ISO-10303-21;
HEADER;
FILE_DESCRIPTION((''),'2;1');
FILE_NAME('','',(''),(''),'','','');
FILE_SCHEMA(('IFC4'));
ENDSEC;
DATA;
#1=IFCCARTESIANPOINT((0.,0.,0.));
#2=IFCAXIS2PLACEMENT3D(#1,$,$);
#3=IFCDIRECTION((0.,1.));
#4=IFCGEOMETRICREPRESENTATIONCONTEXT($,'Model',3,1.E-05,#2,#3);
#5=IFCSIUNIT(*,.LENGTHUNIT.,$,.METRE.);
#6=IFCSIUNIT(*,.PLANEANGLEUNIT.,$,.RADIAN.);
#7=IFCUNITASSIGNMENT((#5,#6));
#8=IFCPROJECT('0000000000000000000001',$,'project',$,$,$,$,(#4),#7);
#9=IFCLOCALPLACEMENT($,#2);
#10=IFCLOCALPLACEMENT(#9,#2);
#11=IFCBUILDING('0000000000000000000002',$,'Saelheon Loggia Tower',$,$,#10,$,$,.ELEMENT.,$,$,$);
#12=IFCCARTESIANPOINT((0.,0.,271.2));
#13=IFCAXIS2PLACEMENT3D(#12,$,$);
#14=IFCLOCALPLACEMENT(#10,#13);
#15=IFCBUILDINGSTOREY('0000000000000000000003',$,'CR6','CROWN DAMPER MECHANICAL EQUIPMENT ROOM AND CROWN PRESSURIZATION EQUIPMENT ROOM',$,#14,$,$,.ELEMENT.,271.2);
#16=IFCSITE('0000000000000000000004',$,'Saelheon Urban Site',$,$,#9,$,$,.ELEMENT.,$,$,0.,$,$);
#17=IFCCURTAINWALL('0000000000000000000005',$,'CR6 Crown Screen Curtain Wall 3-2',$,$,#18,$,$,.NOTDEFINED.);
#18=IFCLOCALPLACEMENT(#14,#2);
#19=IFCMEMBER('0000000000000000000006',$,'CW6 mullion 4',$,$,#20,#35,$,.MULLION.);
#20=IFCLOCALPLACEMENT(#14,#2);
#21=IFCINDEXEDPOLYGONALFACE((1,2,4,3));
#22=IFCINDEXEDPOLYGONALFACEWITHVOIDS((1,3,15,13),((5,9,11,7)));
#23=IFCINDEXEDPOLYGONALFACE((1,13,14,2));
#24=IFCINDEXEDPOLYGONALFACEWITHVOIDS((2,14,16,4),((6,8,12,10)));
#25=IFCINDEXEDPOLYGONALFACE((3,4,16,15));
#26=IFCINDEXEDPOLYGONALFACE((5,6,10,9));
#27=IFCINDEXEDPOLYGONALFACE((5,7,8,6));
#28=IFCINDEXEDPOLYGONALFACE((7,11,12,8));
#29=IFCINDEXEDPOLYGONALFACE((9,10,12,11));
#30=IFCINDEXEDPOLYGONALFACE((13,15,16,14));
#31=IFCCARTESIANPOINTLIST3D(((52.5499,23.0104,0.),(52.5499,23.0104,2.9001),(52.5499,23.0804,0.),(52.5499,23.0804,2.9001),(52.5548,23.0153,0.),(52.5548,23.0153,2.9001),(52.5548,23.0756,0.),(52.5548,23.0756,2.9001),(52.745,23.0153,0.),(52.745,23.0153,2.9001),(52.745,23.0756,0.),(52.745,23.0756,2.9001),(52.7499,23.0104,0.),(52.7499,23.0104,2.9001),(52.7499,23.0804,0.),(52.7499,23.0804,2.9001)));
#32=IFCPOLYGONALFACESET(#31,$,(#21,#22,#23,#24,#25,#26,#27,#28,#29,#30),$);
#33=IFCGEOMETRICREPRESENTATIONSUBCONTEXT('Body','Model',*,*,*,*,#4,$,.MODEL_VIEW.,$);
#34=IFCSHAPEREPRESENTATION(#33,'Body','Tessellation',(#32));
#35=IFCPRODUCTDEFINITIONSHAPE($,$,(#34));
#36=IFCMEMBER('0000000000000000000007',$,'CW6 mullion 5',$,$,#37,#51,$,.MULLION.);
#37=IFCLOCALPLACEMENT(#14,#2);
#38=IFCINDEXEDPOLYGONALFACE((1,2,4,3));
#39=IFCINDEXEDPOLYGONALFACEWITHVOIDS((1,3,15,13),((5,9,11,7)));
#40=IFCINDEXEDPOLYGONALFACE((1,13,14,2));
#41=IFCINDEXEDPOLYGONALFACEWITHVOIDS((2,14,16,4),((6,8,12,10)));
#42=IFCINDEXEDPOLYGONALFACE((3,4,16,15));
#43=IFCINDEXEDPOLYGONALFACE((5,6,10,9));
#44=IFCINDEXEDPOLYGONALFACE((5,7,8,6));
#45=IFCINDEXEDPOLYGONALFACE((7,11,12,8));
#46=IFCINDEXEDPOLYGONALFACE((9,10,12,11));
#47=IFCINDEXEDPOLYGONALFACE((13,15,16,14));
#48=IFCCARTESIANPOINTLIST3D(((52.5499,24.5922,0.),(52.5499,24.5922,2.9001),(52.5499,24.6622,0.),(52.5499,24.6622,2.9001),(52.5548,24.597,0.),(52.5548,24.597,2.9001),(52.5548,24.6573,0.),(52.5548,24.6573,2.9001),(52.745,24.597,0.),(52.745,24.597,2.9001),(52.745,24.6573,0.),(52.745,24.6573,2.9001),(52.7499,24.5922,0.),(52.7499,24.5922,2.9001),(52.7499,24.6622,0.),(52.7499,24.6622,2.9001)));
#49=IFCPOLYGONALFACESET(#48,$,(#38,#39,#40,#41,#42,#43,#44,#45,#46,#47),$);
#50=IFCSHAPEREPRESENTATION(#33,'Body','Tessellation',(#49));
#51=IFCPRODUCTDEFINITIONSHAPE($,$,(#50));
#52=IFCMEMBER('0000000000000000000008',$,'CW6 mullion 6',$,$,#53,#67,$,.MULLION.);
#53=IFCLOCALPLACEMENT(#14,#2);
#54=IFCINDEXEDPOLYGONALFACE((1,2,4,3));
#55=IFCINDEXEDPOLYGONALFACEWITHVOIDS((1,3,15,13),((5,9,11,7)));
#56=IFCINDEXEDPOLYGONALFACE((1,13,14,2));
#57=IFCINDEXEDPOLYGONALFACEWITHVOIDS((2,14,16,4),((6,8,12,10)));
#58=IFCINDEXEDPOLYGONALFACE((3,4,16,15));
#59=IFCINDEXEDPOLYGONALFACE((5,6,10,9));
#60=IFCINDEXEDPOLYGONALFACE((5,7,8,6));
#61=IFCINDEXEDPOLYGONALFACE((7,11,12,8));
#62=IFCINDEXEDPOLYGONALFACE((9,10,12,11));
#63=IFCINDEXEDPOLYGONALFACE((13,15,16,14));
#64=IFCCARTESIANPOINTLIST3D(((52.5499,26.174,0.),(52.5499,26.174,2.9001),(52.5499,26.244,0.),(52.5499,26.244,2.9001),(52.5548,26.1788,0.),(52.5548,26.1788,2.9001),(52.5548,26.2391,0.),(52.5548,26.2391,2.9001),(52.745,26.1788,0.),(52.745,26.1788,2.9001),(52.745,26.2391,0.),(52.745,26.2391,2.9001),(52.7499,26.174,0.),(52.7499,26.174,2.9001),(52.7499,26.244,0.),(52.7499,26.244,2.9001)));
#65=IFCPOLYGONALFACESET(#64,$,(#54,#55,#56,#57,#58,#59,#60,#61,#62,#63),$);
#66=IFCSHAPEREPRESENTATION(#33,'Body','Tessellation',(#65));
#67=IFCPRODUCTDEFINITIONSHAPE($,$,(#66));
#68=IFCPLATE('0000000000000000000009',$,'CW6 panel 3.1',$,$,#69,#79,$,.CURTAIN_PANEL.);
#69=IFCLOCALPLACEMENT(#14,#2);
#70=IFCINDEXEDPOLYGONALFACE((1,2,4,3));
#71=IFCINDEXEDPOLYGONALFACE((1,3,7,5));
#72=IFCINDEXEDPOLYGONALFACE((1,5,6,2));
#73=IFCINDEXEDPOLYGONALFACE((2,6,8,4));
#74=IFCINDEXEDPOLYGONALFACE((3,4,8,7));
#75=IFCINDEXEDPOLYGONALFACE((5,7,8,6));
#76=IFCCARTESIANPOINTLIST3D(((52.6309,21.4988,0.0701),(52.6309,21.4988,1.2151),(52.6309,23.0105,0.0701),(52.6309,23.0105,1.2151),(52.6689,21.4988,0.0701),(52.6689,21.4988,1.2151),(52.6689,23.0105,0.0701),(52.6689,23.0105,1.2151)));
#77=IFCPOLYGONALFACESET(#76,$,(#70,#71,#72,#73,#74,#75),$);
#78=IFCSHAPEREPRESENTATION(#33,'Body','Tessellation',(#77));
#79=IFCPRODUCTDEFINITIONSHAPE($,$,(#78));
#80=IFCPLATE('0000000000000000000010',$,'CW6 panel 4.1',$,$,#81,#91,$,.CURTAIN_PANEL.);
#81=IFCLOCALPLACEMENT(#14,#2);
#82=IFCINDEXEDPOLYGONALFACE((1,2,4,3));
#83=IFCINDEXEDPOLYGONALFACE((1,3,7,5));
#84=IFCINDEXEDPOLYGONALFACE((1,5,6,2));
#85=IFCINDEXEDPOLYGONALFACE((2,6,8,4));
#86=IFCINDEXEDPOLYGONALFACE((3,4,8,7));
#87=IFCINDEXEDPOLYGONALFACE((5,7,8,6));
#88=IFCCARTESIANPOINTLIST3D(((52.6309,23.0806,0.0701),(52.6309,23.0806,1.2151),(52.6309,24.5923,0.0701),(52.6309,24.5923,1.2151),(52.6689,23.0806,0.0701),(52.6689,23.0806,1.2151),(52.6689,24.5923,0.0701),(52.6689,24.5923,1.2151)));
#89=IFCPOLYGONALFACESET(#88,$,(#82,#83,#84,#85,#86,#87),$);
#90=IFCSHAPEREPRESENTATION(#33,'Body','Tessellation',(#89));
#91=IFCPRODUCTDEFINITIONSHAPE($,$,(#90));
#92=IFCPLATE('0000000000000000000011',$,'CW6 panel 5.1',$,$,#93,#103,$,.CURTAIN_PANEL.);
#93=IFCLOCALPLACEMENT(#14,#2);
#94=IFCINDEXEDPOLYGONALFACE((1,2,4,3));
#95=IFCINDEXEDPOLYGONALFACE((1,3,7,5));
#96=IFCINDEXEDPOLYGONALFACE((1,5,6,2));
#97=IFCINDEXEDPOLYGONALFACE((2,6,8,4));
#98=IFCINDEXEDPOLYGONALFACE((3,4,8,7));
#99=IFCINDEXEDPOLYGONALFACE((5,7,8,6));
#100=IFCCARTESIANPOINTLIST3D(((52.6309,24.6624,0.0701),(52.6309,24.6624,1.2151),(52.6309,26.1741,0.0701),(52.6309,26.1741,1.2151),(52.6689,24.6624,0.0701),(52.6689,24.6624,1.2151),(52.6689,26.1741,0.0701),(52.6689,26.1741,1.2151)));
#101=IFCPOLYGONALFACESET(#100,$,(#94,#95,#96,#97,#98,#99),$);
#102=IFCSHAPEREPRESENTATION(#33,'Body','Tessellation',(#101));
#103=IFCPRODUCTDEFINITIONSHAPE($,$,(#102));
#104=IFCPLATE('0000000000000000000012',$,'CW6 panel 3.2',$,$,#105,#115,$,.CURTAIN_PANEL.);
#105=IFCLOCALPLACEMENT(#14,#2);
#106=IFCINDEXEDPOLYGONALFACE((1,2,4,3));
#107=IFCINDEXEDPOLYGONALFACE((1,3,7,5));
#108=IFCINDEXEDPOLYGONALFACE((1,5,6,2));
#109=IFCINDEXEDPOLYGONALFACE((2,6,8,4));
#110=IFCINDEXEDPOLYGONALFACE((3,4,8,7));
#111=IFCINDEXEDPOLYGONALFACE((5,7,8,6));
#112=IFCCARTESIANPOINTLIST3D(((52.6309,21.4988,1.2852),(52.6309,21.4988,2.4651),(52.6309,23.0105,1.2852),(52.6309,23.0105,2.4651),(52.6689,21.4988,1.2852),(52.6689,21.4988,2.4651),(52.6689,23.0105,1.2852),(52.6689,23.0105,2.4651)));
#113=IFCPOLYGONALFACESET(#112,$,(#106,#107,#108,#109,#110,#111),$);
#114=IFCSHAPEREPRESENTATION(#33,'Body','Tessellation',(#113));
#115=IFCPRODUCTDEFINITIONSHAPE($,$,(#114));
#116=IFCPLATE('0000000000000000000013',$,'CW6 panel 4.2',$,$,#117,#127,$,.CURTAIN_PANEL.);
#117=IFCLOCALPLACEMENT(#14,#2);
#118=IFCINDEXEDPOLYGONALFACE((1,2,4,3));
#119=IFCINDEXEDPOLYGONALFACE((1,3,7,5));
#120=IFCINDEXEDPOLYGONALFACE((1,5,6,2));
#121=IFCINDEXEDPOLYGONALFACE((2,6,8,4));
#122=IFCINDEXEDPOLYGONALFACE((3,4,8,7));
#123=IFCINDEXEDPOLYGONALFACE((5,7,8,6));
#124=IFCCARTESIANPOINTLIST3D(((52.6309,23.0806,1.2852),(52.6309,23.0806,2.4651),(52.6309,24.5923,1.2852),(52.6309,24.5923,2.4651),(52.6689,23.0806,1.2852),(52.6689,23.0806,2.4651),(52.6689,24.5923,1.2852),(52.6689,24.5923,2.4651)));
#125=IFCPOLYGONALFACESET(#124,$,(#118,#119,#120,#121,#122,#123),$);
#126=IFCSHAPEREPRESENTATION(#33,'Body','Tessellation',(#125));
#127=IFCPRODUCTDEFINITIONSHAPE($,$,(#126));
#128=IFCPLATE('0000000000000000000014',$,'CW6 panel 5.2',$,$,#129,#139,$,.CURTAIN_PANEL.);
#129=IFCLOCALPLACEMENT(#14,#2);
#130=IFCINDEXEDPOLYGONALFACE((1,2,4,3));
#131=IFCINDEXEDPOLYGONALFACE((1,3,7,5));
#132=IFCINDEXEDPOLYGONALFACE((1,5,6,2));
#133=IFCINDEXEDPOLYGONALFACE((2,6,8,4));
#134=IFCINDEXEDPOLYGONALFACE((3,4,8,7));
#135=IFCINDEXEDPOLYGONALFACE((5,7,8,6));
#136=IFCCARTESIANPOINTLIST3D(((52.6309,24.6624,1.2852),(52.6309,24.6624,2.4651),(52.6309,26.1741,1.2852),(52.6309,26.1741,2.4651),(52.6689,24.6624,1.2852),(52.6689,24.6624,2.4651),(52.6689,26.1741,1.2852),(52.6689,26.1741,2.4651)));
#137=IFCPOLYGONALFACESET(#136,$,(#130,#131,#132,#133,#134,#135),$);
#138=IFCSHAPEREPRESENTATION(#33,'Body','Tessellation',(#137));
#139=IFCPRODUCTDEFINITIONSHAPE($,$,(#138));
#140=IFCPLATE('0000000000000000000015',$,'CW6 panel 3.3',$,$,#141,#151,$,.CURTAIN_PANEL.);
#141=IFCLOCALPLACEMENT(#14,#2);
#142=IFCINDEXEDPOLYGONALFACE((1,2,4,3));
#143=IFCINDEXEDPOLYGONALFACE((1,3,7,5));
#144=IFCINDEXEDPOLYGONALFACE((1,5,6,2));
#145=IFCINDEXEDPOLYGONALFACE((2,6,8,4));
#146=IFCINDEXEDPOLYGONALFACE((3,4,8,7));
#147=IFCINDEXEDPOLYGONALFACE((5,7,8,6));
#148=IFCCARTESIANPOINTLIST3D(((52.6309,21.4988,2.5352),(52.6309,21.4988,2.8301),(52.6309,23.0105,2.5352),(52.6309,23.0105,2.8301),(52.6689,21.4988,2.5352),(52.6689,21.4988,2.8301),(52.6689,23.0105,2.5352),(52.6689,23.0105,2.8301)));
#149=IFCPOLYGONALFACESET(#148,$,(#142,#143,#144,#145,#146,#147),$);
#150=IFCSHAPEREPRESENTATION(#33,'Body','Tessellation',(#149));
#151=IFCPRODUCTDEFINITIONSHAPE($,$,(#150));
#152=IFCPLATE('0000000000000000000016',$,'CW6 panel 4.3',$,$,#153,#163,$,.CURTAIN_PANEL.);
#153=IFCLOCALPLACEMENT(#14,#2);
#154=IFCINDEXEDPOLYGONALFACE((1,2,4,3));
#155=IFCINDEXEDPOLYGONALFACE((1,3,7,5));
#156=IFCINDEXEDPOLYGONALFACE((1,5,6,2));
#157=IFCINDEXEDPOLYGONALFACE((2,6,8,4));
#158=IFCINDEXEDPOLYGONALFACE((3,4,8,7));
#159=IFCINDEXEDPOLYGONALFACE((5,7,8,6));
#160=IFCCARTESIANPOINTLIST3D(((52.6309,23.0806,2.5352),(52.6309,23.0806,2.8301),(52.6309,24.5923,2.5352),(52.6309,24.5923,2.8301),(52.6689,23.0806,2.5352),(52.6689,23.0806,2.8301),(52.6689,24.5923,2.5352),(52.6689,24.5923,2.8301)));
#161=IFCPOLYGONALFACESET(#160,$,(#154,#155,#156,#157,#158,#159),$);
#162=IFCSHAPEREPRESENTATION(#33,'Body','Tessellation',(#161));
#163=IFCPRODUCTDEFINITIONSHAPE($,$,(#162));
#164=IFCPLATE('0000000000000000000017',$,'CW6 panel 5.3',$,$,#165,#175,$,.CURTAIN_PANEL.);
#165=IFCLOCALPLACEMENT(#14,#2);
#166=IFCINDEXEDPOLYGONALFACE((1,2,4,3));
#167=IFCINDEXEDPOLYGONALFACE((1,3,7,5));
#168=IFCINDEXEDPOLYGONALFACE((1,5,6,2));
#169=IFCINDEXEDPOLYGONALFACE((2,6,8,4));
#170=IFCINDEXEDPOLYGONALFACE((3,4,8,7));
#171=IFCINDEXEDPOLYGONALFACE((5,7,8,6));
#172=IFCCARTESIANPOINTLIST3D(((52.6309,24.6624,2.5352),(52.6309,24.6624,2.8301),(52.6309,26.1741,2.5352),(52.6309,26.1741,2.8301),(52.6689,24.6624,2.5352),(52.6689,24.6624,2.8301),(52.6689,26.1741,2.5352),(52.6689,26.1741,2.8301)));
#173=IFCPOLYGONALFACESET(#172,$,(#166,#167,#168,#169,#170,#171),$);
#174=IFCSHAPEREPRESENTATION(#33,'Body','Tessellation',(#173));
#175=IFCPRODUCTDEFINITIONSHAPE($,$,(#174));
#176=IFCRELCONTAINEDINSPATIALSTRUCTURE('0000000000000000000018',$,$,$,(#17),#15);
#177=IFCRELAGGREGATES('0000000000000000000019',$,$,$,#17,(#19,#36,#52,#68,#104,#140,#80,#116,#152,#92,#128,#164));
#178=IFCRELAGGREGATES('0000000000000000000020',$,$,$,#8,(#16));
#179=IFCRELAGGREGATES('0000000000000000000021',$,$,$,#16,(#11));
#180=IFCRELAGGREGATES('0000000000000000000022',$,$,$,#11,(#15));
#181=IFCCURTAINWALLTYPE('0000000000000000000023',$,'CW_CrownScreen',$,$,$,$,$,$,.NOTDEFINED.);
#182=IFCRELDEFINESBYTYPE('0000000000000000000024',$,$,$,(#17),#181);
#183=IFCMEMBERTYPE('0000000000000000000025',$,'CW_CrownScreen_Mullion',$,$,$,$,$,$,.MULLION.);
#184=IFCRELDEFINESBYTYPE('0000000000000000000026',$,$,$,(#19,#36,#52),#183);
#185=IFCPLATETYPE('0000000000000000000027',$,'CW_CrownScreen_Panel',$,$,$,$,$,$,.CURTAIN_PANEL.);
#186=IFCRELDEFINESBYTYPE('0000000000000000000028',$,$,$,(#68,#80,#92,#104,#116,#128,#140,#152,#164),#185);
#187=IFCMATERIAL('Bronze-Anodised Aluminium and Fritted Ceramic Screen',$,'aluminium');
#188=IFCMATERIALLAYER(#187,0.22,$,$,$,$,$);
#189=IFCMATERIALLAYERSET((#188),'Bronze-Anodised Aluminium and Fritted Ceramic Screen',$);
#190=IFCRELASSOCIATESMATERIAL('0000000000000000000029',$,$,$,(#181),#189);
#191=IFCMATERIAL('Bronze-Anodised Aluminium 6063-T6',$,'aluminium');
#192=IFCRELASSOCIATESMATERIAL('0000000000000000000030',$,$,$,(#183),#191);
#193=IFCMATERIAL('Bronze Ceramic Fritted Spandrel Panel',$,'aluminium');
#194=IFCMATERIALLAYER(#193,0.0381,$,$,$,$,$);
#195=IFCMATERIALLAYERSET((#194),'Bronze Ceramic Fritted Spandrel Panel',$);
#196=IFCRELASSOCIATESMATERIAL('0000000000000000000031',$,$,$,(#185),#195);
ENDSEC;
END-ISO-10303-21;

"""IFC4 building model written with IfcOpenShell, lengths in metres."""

from ifc_helpers import new_model, si_unit, direction, frame, origin, origin_2d, place, context, subcontext, project, spatial, rectangle, hollow_rectangle, extrude, source, transform, mapped, material, layer, layer_set, material_profile, profile_set, type_object, element, aggregate, save


model = new_model("IFC4")

# Units and contexts
model_context = context("Model", 3, precision=1e-05, world=origin(), true_north=direction((0.0, 1.0)))
body_context = subcontext(model_context, "Body", "Model", "MODEL_VIEW")
ifc_project = project(units=[si_unit("LENGTHUNIT", "METRE"), si_unit("PLANEANGLEUNIT", "RADIAN")], contexts=[model_context])

# Site, building, storey
site_placement = place(None, origin())
site = spatial("IfcSite", under=ifc_project, at=site_placement, Name="Saelheon Urban Site", CompositionType="ELEMENT", RefElevation=0.0)
building_placement = place(site_placement, origin())
building = spatial("IfcBuilding", under=site, at=building_placement, Name="Saelheon Loggia Tower", CompositionType="ELEMENT")
storey_placement = place(building_placement, frame((0.0, 0.0, 271.2)))
storey = spatial("IfcBuildingStorey", under=building, at=storey_placement, Name="CR6", Description="CROWN DAMPER MECHANICAL EQUIPMENT ROOM AND CROWN PRESSURIZATION EQUIPMENT ROOM", CompositionType="ELEMENT", Elevation=271.2)

# Curtain wall, members, plates
ifc_material_1 = material(Name="Bronze-Anodised Aluminium and Fritted Ceramic Screen", Category="aluminium")
ifc_layer_1 = layer(ifc_material_1, 0.22)
ifc_layer_set_1 = layer_set([ifc_layer_1], Name="Bronze-Anodised Aluminium and Fritted Ceramic Screen")
curtain_wall_type = type_object("IfcCurtainWallType", Name="CW_CrownScreen", PredefinedType="NOTDEFINED", material=ifc_layer_set_1)
curtain_wall_placement = place(storey_placement, origin())
curtain_wall = element("IfcCurtainWall", 1, at=curtain_wall_placement, inside=storey, type_object=curtain_wall_type, Name="CR6 Crown Screen Curtain Wall 3-2", PredefinedType="NOTDEFINED")
ifc_material_2 = material(Name="Bronze-Anodised Aluminium 6063-T6", Category="aluminium")
ifc_material_profile_1 = material_profile(ifc_material_2, hollow_rectangle(XDim=0.0701, YDim=0.2, WallThickness=0.0049, at=origin_2d()), Name="RHS-200x70x5")
ifc_profile_set_1 = profile_set([ifc_material_profile_1], Name="Bronze-Anodised Aluminium 6063-T6")
member_type_1 = type_object("IfcMemberType", Name="CW_CrownScreen_Mullion", PredefinedType="MULLION", material=ifc_profile_set_1)
shared_shape_1 = source(origin(), body_context, "Body", "SweptSolid", [
    extrude(hollow_rectangle(XDim=0.0701, YDim=0.2, WallThickness=0.0049, at=origin_2d()), origin(), (0.0, 0.0, 1.0), 2.9001),
])
member_1_placement = place(storey_placement, frame((52.6499, 23.0454, 0.0), z_axis=(0.0, 0.0, 1.0), x_axis=(0.0, 1.0, 0.0)))
member_1 = element("IfcMember", 2, at=member_1_placement, type_object=member_type_1, Name="CW6 mullion 4", PredefinedType="MULLION", context=body_context, shape_type="MappedRepresentation", body=[
    mapped(shared_shape_1, transform((0.0, 0.0, 0.0), scale=1.0)),
])
member_2_placement = place(storey_placement, frame((52.6499, 24.6272, 0.0), z_axis=(0.0, 0.0, 1.0), x_axis=(0.0, 1.0, 0.0)))
member_2 = element("IfcMember", 3, at=member_2_placement, type_object=member_type_1, Name="CW6 mullion 5", PredefinedType="MULLION", context=body_context, shape_type="MappedRepresentation", body=[
    mapped(shared_shape_1, transform((0.0, 0.0, 0.0), scale=1.0)),
])
member_3_placement = place(storey_placement, frame((52.6499, 26.209, 0.0), z_axis=(0.0, 0.0, 1.0), x_axis=(0.0, 1.0, 0.0)))
member_3 = element("IfcMember", 4, at=member_3_placement, type_object=member_type_1, Name="CW6 mullion 6", PredefinedType="MULLION", context=body_context, shape_type="MappedRepresentation", body=[
    mapped(shared_shape_1, transform((0.0, 0.0, 0.0), scale=1.0)),
])
ifc_material_3 = material(Name="Bronze Ceramic Fritted Spandrel Panel", Category="aluminium")
ifc_layer_2 = layer(ifc_material_3, 0.0381)
ifc_layer_set_2 = layer_set([ifc_layer_2], Name="Bronze Ceramic Fritted Spandrel Panel")
plate_type = type_object("IfcPlateType", Name="CW_CrownScreen_Panel", PredefinedType="CURTAIN_PANEL", material=ifc_layer_set_2)
shared_shape_2 = source(origin(), body_context, "Body", "SweptSolid", [
    extrude(rectangle(XDim=1.5117, YDim=0.0381, at=origin_2d()), origin(), (0.0, 0.0, 1.0), 1.145),
])
plate_1_placement = place(storey_placement, frame((52.6499, 22.2546, 0.0701), z_axis=(0.0, 0.0, 1.0), x_axis=(0.0, 1.0, 0.0)))
plate_1 = element("IfcPlate", 5, at=plate_1_placement, type_object=plate_type, Name="CW6 panel 3.1", PredefinedType="CURTAIN_PANEL", context=body_context, shape_type="MappedRepresentation", body=[
    mapped(shared_shape_2, transform((0.0, 0.0, 0.0), scale=1.0)),
])
plate_2_placement = place(storey_placement, frame((52.6499, 23.8364, 0.0701), z_axis=(0.0, 0.0, 1.0), x_axis=(0.0, 1.0, 0.0)))
plate_2 = element("IfcPlate", 6, at=plate_2_placement, type_object=plate_type, Name="CW6 panel 4.1", PredefinedType="CURTAIN_PANEL", context=body_context, shape_type="MappedRepresentation", body=[
    mapped(shared_shape_2, transform((0.0, 0.0, 0.0), scale=1.0)),
])
plate_3_placement = place(storey_placement, frame((52.6499, 25.4182, 0.0701), z_axis=(0.0, 0.0, 1.0), x_axis=(0.0, 1.0, 0.0)))
plate_3 = element("IfcPlate", 7, at=plate_3_placement, type_object=plate_type, Name="CW6 panel 5.1", PredefinedType="CURTAIN_PANEL", context=body_context, shape_type="MappedRepresentation", body=[
    mapped(shared_shape_2, transform((0.0, 0.0, 0.0), scale=1.0)),
])
shared_shape_3 = source(origin(), body_context, "Body", "SweptSolid", [
    extrude(rectangle(XDim=1.5117, YDim=0.0381, at=origin_2d()), origin(), (0.0, 0.0, 1.0), 1.1799),
])
plate_4_placement = place(storey_placement, frame((52.6499, 22.2546, 1.2852), z_axis=(0.0, 0.0, 1.0), x_axis=(0.0, 1.0, 0.0)))
plate_4 = element("IfcPlate", 8, at=plate_4_placement, type_object=plate_type, Name="CW6 panel 3.2", PredefinedType="CURTAIN_PANEL", context=body_context, shape_type="MappedRepresentation", body=[
    mapped(shared_shape_3, transform((0.0, 0.0, 0.0), scale=1.0)),
])
plate_5_placement = place(storey_placement, frame((52.6499, 23.8364, 1.2852), z_axis=(0.0, 0.0, 1.0), x_axis=(0.0, 1.0, 0.0)))
plate_5 = element("IfcPlate", 9, at=plate_5_placement, type_object=plate_type, Name="CW6 panel 4.2", PredefinedType="CURTAIN_PANEL", context=body_context, shape_type="MappedRepresentation", body=[
    mapped(shared_shape_3, transform((0.0, 0.0, 0.0), scale=1.0)),
])
plate_6_placement = place(storey_placement, frame((52.6499, 25.4182, 1.2852), z_axis=(0.0, 0.0, 1.0), x_axis=(0.0, 1.0, 0.0)))
plate_6 = element("IfcPlate", 10, at=plate_6_placement, type_object=plate_type, Name="CW6 panel 5.2", PredefinedType="CURTAIN_PANEL", context=body_context, shape_type="MappedRepresentation", body=[
    mapped(shared_shape_3, transform((0.0, 0.0, 0.0), scale=1.0)),
])
shared_shape_4 = source(origin(), body_context, "Body", "SweptSolid", [
    extrude(rectangle(XDim=1.5117, YDim=0.0381, at=origin_2d()), origin(), (0.0, 0.0, 1.0), 0.2949),
])
plate_7_placement = place(storey_placement, frame((52.6499, 22.2546, 2.5352), z_axis=(0.0, 0.0, 1.0), x_axis=(0.0, 1.0, 0.0)))
plate_7 = element("IfcPlate", 11, at=plate_7_placement, type_object=plate_type, Name="CW6 panel 3.3", PredefinedType="CURTAIN_PANEL", context=body_context, shape_type="MappedRepresentation", body=[
    mapped(shared_shape_4, transform((0.0, 0.0, 0.0), scale=1.0)),
])
plate_8_placement = place(storey_placement, frame((52.6499, 23.8364, 2.5352), z_axis=(0.0, 0.0, 1.0), x_axis=(0.0, 1.0, 0.0)))
plate_8 = element("IfcPlate", 12, at=plate_8_placement, type_object=plate_type, Name="CW6 panel 4.3", PredefinedType="CURTAIN_PANEL", context=body_context, shape_type="MappedRepresentation", body=[
    mapped(shared_shape_4, transform((0.0, 0.0, 0.0), scale=1.0)),
])
plate_9_placement = place(storey_placement, frame((52.6499, 25.4182, 2.5352), z_axis=(0.0, 0.0, 1.0), x_axis=(0.0, 1.0, 0.0)))
plate_9 = element("IfcPlate", 13, at=plate_9_placement, type_object=plate_type, Name="CW6 panel 5.3", PredefinedType="CURTAIN_PANEL", context=body_context, shape_type="MappedRepresentation", body=[
    mapped(shared_shape_4, transform((0.0, 0.0, 0.0), scale=1.0)),
])
aggregate(curtain_wall, [member_1, member_2, member_3, plate_1, plate_4, plate_7, plate_2, plate_5, plate_8, plate_3, plate_6, plate_9])

save(model, "model.ifc")
